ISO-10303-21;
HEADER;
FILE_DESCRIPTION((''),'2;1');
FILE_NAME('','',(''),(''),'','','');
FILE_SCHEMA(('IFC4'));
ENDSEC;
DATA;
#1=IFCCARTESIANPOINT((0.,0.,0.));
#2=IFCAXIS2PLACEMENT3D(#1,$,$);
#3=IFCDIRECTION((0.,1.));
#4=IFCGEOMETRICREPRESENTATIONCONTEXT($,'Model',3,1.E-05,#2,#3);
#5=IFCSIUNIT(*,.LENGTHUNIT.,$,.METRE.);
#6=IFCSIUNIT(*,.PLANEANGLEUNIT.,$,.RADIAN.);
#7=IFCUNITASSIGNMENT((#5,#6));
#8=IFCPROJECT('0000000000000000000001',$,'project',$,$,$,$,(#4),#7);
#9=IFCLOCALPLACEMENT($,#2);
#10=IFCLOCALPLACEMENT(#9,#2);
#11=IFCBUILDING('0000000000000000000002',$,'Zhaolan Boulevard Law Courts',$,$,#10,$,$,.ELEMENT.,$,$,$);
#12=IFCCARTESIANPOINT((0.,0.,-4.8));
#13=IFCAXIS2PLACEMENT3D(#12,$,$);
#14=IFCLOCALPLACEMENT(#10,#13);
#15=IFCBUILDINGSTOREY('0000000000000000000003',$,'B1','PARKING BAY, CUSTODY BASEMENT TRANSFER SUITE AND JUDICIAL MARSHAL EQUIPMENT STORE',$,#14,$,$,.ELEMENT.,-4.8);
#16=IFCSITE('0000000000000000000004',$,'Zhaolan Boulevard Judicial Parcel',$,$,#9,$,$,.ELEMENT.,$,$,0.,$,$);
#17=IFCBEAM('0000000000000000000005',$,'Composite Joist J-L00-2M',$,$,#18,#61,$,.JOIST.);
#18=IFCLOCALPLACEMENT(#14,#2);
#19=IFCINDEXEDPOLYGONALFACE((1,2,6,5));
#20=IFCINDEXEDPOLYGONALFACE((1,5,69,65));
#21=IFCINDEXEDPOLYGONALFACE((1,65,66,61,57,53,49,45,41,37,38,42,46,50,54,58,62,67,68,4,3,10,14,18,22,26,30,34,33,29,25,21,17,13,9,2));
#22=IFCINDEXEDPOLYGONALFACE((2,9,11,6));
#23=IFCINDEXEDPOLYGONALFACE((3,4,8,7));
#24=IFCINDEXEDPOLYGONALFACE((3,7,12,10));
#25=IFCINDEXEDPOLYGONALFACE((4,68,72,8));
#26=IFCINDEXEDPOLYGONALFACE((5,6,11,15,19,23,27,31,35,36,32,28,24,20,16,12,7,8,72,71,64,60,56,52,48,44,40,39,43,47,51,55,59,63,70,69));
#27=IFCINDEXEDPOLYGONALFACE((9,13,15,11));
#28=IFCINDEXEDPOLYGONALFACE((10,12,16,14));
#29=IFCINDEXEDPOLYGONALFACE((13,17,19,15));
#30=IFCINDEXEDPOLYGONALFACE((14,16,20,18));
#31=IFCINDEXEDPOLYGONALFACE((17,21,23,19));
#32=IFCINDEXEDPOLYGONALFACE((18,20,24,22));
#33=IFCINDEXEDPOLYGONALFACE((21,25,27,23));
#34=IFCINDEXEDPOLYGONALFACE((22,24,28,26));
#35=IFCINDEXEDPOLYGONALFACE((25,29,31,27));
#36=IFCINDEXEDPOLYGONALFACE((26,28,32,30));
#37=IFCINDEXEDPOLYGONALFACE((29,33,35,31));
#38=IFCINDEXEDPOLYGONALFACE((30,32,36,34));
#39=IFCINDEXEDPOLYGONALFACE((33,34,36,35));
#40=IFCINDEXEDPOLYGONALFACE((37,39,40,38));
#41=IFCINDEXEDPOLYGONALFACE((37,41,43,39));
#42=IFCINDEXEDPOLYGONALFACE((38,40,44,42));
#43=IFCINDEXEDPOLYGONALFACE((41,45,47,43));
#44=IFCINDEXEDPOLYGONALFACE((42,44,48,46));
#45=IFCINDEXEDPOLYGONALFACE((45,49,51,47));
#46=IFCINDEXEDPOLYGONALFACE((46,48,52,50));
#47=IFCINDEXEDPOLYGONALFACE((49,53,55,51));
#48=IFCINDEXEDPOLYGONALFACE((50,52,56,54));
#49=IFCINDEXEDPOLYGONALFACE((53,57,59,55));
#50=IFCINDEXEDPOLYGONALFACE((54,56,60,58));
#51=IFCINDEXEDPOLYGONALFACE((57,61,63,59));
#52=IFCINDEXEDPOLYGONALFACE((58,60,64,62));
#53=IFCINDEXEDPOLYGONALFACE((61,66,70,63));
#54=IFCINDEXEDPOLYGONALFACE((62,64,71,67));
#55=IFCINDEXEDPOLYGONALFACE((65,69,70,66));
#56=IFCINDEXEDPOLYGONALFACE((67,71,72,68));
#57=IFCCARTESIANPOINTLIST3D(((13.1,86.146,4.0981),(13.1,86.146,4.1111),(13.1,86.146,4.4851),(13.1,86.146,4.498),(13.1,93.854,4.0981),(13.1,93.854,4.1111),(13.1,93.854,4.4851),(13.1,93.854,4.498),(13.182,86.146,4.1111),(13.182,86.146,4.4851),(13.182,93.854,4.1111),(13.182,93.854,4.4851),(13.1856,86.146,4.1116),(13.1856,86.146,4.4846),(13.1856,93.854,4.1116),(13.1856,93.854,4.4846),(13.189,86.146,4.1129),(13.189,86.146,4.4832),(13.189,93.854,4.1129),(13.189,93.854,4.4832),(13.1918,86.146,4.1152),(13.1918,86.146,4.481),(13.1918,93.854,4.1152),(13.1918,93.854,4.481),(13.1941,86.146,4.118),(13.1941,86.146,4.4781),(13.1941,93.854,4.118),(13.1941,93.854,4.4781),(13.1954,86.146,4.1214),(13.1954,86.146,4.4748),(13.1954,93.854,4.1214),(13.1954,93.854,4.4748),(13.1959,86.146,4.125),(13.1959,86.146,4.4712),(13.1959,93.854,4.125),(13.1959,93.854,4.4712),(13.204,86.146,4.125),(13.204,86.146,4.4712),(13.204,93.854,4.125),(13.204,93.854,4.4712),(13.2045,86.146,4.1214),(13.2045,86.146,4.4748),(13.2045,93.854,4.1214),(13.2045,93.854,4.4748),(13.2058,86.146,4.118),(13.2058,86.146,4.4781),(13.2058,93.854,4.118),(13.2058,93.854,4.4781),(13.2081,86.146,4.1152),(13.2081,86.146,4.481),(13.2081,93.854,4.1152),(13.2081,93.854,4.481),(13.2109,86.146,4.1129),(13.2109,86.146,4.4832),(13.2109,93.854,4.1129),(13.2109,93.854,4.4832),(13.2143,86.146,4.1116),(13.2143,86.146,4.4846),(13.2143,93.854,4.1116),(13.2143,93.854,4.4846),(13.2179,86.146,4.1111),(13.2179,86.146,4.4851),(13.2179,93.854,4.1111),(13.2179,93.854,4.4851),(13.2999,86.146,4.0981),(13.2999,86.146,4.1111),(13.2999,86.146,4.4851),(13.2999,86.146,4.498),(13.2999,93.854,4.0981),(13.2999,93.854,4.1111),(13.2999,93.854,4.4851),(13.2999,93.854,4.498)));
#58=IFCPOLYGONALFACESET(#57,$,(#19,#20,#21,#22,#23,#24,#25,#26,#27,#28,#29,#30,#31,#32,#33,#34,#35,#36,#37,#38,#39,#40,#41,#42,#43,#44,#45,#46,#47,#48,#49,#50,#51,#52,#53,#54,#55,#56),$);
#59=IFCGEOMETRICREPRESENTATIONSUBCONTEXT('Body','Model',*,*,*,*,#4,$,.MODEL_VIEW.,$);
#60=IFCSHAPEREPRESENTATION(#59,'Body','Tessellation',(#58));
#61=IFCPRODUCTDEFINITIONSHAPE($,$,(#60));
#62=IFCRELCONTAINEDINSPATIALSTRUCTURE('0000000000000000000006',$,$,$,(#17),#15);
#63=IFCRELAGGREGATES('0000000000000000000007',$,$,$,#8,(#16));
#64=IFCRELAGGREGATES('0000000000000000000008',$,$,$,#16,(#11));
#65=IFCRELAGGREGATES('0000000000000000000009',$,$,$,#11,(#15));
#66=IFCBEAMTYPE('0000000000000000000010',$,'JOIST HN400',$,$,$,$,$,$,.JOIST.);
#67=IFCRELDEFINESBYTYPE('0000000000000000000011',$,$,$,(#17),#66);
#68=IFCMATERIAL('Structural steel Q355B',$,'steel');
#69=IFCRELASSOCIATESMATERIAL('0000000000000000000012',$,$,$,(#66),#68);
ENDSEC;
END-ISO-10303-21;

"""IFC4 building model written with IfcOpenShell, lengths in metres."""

from ifc_helpers import new_model, si_unit, direction, frame, origin, origin_2d, place, context, subcontext, project, spatial, i_section, extrude, material, material_profile, profile_set, type_object, element, save


model = new_model("IFC4")

# Units and contexts
model_context = context("Model", 3, precision=1e-05, world=origin(), true_north=direction((0.0, 1.0)))
body_context = subcontext(model_context, "Body", "Model", "MODEL_VIEW")
ifc_project = project(units=[si_unit("LENGTHUNIT", "METRE"), si_unit("PLANEANGLEUNIT", "RADIAN")], contexts=[model_context])

# Site, building, storey
site_placement = place(None, origin())
site = spatial("IfcSite", under=ifc_project, at=site_placement, Name="Zhaolan Boulevard Judicial Parcel", CompositionType="ELEMENT", RefElevation=0.0)
building_placement = place(site_placement, origin())
building = spatial("IfcBuilding", under=site, at=building_placement, Name="Zhaolan Boulevard Law Courts", CompositionType="ELEMENT")
storey_placement = place(building_placement, frame((0.0, 0.0, -4.8)))
storey = spatial("IfcBuildingStorey", under=building, at=storey_placement, Name="B1", Description="PARKING BAY, CUSTODY BASEMENT TRANSFER SUITE AND JUDICIAL MARSHAL EQUIPMENT STORE", CompositionType="ELEMENT", Elevation=-4.8)

# Beam
ifc_material_1 = material(Name="Structural steel Q355B", Category="steel")
ifc_material_profile_1 = material_profile(ifc_material_1, i_section(OverallWidth=0.2, OverallDepth=0.3999, WebThickness=0.0081, FlangeThickness=0.0129, FilletRadius=0.0139, at=origin_2d()), Name="HN400x200")
ifc_profile_set_1 = profile_set([ifc_material_profile_1], Name="Structural steel Q355B")
beam_type_1 = type_object("IfcBeamType", Name="JOIST HN400", PredefinedType="JOIST", material=ifc_profile_set_1)
beam_1_placement = place(storey_placement, frame((13.2, 86.146, 4.2981), z_axis=(0.0, 1.0, 0.0), x_axis=(-1.0, 0.0, 0.0)))
element("IfcBeam", 1, at=beam_1_placement, inside=storey, type_object=beam_type_1, Name="Composite Joist J-L00-2M", PredefinedType="JOIST", context=body_context, shape_type="SweptSolid", body=[
    extrude(i_section(OverallWidth=0.2, OverallDepth=0.3999, WebThickness=0.0081, FlangeThickness=0.0129, FilletRadius=0.0139, at=origin_2d()), origin(), (0.0, 0.0, 1.0), 7.708),
])

save(model, "model.ifc")
